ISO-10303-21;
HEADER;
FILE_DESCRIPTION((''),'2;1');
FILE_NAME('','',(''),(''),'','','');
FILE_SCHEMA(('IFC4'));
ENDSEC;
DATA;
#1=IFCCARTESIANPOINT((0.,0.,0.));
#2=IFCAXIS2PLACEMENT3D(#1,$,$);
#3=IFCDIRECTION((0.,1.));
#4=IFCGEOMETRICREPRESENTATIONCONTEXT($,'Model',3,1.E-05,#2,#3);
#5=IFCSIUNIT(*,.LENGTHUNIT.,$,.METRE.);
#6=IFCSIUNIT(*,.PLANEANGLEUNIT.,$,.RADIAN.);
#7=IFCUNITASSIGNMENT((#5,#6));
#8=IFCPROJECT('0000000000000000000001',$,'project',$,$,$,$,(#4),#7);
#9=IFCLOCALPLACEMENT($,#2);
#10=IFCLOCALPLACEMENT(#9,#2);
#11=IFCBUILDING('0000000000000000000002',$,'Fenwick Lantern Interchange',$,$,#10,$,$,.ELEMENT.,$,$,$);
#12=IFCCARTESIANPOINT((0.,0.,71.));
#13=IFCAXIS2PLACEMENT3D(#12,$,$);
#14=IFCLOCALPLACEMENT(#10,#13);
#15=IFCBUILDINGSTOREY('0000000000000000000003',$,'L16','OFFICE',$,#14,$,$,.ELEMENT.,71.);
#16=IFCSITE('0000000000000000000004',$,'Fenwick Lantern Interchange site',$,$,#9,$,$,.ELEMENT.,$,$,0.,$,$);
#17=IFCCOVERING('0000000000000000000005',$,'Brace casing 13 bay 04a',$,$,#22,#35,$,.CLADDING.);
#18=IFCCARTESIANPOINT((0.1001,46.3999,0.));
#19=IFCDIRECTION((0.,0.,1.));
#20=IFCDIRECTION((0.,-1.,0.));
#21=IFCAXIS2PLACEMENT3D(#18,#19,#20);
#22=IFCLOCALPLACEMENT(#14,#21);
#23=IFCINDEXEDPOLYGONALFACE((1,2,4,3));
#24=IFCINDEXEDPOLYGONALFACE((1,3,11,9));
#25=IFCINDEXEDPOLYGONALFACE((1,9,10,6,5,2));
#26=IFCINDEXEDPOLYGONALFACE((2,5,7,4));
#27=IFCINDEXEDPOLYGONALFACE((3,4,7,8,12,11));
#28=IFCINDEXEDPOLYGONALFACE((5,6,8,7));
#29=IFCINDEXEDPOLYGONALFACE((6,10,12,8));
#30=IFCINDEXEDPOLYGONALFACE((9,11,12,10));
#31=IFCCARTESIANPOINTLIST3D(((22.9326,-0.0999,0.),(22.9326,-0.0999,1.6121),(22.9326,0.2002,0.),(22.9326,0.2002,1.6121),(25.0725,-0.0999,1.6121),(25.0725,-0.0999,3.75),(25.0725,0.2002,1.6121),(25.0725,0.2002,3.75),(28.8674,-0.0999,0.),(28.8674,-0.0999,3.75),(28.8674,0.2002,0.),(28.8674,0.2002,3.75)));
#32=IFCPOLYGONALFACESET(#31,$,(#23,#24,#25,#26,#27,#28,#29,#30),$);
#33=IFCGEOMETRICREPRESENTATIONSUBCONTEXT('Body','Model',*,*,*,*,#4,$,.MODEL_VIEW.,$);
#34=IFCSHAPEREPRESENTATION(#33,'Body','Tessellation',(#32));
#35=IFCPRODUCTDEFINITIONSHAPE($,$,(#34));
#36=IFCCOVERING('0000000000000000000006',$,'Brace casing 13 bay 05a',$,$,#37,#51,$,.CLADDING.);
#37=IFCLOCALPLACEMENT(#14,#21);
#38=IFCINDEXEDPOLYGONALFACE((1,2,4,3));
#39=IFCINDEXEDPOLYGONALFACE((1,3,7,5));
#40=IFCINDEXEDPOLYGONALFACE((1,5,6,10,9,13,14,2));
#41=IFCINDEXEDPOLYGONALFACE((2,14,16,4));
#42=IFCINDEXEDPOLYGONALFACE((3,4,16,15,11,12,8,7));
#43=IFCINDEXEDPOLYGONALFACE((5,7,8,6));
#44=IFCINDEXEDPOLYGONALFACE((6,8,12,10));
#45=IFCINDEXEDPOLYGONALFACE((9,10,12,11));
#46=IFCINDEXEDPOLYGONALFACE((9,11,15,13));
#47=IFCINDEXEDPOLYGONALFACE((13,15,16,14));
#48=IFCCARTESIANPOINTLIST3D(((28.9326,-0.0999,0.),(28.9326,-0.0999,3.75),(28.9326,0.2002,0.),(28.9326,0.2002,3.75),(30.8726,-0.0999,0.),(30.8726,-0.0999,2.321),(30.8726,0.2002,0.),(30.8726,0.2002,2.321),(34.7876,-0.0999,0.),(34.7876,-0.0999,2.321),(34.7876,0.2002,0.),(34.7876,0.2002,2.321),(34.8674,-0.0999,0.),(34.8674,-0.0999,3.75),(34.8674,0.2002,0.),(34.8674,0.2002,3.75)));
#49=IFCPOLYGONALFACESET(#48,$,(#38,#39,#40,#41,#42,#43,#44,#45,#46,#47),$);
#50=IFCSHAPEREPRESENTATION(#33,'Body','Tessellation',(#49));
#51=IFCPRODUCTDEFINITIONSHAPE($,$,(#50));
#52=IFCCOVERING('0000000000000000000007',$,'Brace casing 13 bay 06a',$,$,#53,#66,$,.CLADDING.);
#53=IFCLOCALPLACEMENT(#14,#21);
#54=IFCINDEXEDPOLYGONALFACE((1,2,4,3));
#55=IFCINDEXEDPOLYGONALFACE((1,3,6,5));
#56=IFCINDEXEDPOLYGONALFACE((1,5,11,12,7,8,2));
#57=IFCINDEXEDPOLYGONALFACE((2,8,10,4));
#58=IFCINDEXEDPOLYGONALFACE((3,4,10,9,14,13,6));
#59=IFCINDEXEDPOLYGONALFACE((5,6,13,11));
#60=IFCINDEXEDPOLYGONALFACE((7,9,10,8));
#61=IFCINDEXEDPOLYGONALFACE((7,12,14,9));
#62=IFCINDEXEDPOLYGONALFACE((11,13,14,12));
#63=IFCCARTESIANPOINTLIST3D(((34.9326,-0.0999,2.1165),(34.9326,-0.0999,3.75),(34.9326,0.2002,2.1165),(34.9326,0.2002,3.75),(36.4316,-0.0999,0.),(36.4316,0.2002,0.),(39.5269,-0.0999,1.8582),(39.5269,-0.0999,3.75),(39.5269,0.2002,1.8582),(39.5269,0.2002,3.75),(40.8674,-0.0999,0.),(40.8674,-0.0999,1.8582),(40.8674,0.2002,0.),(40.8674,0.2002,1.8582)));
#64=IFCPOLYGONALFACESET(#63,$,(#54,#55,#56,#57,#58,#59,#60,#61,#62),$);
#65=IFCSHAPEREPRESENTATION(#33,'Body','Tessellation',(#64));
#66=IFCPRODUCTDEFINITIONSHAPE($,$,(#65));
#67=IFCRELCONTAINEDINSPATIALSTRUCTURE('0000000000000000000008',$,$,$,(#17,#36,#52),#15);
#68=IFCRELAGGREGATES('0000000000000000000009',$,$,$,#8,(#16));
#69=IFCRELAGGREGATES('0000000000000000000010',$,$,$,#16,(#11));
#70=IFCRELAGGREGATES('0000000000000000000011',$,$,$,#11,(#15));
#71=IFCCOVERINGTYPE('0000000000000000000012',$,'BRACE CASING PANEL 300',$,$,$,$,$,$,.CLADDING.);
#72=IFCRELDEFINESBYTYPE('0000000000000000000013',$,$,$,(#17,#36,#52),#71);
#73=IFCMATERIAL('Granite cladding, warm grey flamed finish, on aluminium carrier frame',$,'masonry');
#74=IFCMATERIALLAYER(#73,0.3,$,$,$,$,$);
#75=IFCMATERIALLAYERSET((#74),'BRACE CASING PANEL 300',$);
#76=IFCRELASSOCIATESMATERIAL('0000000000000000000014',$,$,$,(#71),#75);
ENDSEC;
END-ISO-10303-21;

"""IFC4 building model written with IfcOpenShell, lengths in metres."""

from ifc_helpers import new_model, si_unit, direction, frame, origin, place, context, subcontext, project, spatial, polyline, outline, extrude, material, layer, layer_set, type_object, element, save


model = new_model("IFC4")

# Units and contexts
model_context = context("Model", 3, precision=1e-05, world=origin(), true_north=direction((0.0, 1.0)))
body_context = subcontext(model_context, "Body", "Model", "MODEL_VIEW")
ifc_project = project(units=[si_unit("LENGTHUNIT", "METRE"), si_unit("PLANEANGLEUNIT", "RADIAN")], contexts=[model_context])

# Site, building, storey
site_placement = place(None, origin())
site = spatial("IfcSite", under=ifc_project, at=site_placement, Name="Fenwick Lantern Interchange site", CompositionType="ELEMENT", RefElevation=0.0)
building_placement = place(site_placement, origin())
building = spatial("IfcBuilding", under=site, at=building_placement, Name="Fenwick Lantern Interchange", CompositionType="ELEMENT")
storey_placement = place(building_placement, frame((0.0, 0.0, 71.0)))
storey = spatial("IfcBuildingStorey", under=building, at=storey_placement, Name="L16", Description="OFFICE", CompositionType="ELEMENT", Elevation=71.0)

# Coverings
ifc_material_1 = material(Name="Granite cladding, warm grey flamed finish, on aluminium carrier frame", Category="masonry")
ifc_layer_1 = layer(ifc_material_1, 0.3)
ifc_layer_set_1 = layer_set([ifc_layer_1], Name="BRACE CASING PANEL 300")
covering_type = type_object("IfcCoveringType", Name="BRACE CASING PANEL 300", PredefinedType="CLADDING", material=ifc_layer_set_1)
covering_1_placement = place(storey_placement, frame((0.1001, 46.3999, 0.0), z_axis=(0.0, 0.0, 1.0), x_axis=(0.0, -1.0, 0.0)))
element("IfcCovering", 1, at=covering_1_placement, inside=storey, type_object=covering_type, Name="Brace casing 13 bay 04a", PredefinedType="CLADDING", context=body_context, shape_type="SweptSolid", body=[
    extrude(outline(polyline([(22.9326, 0.0), (28.8674, 0.0), (28.8674, 3.75), (25.0725, 3.75), (25.0725, 1.6121), (22.9326, 1.6121), (22.9326, 0.0)])), frame((0.0, 0.2002, 0.0), z_axis=(0.0, -1.0, 0.0), x_axis=(1.0, 0.0, 0.0)), (0.0, 0.0, 1.0), 0.3),
])
covering_2_placement = place(storey_placement, frame((0.1001, 46.3999, 0.0), z_axis=(0.0, 0.0, 1.0), x_axis=(0.0, -1.0, 0.0)))
element("IfcCovering", 2, at=covering_2_placement, inside=storey, type_object=covering_type, Name="Brace casing 13 bay 05a", PredefinedType="CLADDING", context=body_context, shape_type="SweptSolid", body=[
    extrude(outline(polyline([(28.9326, 0.0), (30.8726, 0.0), (30.8726, 2.321), (34.7876, 2.321), (34.7876, 0.0), (34.8674, 0.0), (34.8674, 3.75), (28.9326, 3.75), (28.9326, 0.0)])), frame((0.0, 0.2002, 0.0), z_axis=(0.0, -1.0, 0.0), x_axis=(1.0, 0.0, 0.0)), (0.0, 0.0, 1.0), 0.3),
])
covering_3_placement = place(storey_placement, frame((0.1001, 46.3999, 0.0), z_axis=(0.0, 0.0, 1.0), x_axis=(0.0, -1.0, 0.0)))
element("IfcCovering", 3, at=covering_3_placement, inside=storey, type_object=covering_type, Name="Brace casing 13 bay 06a", PredefinedType="CLADDING", context=body_context, shape_type="SweptSolid", body=[
    extrude(outline(polyline([(36.4316, 0.0), (40.8674, 0.0), (40.8674, 1.8582), (39.5269, 1.8582), (39.5269, 3.75), (34.9326, 3.75), (34.9326, 2.1165), (36.4316, 0.0)])), frame((0.0, 0.2002, 0.0), z_axis=(0.0, -1.0, 0.0), x_axis=(1.0, 0.0, 0.0)), (0.0, 0.0, 1.0), 0.3),
])

save(model, "model.ifc")
